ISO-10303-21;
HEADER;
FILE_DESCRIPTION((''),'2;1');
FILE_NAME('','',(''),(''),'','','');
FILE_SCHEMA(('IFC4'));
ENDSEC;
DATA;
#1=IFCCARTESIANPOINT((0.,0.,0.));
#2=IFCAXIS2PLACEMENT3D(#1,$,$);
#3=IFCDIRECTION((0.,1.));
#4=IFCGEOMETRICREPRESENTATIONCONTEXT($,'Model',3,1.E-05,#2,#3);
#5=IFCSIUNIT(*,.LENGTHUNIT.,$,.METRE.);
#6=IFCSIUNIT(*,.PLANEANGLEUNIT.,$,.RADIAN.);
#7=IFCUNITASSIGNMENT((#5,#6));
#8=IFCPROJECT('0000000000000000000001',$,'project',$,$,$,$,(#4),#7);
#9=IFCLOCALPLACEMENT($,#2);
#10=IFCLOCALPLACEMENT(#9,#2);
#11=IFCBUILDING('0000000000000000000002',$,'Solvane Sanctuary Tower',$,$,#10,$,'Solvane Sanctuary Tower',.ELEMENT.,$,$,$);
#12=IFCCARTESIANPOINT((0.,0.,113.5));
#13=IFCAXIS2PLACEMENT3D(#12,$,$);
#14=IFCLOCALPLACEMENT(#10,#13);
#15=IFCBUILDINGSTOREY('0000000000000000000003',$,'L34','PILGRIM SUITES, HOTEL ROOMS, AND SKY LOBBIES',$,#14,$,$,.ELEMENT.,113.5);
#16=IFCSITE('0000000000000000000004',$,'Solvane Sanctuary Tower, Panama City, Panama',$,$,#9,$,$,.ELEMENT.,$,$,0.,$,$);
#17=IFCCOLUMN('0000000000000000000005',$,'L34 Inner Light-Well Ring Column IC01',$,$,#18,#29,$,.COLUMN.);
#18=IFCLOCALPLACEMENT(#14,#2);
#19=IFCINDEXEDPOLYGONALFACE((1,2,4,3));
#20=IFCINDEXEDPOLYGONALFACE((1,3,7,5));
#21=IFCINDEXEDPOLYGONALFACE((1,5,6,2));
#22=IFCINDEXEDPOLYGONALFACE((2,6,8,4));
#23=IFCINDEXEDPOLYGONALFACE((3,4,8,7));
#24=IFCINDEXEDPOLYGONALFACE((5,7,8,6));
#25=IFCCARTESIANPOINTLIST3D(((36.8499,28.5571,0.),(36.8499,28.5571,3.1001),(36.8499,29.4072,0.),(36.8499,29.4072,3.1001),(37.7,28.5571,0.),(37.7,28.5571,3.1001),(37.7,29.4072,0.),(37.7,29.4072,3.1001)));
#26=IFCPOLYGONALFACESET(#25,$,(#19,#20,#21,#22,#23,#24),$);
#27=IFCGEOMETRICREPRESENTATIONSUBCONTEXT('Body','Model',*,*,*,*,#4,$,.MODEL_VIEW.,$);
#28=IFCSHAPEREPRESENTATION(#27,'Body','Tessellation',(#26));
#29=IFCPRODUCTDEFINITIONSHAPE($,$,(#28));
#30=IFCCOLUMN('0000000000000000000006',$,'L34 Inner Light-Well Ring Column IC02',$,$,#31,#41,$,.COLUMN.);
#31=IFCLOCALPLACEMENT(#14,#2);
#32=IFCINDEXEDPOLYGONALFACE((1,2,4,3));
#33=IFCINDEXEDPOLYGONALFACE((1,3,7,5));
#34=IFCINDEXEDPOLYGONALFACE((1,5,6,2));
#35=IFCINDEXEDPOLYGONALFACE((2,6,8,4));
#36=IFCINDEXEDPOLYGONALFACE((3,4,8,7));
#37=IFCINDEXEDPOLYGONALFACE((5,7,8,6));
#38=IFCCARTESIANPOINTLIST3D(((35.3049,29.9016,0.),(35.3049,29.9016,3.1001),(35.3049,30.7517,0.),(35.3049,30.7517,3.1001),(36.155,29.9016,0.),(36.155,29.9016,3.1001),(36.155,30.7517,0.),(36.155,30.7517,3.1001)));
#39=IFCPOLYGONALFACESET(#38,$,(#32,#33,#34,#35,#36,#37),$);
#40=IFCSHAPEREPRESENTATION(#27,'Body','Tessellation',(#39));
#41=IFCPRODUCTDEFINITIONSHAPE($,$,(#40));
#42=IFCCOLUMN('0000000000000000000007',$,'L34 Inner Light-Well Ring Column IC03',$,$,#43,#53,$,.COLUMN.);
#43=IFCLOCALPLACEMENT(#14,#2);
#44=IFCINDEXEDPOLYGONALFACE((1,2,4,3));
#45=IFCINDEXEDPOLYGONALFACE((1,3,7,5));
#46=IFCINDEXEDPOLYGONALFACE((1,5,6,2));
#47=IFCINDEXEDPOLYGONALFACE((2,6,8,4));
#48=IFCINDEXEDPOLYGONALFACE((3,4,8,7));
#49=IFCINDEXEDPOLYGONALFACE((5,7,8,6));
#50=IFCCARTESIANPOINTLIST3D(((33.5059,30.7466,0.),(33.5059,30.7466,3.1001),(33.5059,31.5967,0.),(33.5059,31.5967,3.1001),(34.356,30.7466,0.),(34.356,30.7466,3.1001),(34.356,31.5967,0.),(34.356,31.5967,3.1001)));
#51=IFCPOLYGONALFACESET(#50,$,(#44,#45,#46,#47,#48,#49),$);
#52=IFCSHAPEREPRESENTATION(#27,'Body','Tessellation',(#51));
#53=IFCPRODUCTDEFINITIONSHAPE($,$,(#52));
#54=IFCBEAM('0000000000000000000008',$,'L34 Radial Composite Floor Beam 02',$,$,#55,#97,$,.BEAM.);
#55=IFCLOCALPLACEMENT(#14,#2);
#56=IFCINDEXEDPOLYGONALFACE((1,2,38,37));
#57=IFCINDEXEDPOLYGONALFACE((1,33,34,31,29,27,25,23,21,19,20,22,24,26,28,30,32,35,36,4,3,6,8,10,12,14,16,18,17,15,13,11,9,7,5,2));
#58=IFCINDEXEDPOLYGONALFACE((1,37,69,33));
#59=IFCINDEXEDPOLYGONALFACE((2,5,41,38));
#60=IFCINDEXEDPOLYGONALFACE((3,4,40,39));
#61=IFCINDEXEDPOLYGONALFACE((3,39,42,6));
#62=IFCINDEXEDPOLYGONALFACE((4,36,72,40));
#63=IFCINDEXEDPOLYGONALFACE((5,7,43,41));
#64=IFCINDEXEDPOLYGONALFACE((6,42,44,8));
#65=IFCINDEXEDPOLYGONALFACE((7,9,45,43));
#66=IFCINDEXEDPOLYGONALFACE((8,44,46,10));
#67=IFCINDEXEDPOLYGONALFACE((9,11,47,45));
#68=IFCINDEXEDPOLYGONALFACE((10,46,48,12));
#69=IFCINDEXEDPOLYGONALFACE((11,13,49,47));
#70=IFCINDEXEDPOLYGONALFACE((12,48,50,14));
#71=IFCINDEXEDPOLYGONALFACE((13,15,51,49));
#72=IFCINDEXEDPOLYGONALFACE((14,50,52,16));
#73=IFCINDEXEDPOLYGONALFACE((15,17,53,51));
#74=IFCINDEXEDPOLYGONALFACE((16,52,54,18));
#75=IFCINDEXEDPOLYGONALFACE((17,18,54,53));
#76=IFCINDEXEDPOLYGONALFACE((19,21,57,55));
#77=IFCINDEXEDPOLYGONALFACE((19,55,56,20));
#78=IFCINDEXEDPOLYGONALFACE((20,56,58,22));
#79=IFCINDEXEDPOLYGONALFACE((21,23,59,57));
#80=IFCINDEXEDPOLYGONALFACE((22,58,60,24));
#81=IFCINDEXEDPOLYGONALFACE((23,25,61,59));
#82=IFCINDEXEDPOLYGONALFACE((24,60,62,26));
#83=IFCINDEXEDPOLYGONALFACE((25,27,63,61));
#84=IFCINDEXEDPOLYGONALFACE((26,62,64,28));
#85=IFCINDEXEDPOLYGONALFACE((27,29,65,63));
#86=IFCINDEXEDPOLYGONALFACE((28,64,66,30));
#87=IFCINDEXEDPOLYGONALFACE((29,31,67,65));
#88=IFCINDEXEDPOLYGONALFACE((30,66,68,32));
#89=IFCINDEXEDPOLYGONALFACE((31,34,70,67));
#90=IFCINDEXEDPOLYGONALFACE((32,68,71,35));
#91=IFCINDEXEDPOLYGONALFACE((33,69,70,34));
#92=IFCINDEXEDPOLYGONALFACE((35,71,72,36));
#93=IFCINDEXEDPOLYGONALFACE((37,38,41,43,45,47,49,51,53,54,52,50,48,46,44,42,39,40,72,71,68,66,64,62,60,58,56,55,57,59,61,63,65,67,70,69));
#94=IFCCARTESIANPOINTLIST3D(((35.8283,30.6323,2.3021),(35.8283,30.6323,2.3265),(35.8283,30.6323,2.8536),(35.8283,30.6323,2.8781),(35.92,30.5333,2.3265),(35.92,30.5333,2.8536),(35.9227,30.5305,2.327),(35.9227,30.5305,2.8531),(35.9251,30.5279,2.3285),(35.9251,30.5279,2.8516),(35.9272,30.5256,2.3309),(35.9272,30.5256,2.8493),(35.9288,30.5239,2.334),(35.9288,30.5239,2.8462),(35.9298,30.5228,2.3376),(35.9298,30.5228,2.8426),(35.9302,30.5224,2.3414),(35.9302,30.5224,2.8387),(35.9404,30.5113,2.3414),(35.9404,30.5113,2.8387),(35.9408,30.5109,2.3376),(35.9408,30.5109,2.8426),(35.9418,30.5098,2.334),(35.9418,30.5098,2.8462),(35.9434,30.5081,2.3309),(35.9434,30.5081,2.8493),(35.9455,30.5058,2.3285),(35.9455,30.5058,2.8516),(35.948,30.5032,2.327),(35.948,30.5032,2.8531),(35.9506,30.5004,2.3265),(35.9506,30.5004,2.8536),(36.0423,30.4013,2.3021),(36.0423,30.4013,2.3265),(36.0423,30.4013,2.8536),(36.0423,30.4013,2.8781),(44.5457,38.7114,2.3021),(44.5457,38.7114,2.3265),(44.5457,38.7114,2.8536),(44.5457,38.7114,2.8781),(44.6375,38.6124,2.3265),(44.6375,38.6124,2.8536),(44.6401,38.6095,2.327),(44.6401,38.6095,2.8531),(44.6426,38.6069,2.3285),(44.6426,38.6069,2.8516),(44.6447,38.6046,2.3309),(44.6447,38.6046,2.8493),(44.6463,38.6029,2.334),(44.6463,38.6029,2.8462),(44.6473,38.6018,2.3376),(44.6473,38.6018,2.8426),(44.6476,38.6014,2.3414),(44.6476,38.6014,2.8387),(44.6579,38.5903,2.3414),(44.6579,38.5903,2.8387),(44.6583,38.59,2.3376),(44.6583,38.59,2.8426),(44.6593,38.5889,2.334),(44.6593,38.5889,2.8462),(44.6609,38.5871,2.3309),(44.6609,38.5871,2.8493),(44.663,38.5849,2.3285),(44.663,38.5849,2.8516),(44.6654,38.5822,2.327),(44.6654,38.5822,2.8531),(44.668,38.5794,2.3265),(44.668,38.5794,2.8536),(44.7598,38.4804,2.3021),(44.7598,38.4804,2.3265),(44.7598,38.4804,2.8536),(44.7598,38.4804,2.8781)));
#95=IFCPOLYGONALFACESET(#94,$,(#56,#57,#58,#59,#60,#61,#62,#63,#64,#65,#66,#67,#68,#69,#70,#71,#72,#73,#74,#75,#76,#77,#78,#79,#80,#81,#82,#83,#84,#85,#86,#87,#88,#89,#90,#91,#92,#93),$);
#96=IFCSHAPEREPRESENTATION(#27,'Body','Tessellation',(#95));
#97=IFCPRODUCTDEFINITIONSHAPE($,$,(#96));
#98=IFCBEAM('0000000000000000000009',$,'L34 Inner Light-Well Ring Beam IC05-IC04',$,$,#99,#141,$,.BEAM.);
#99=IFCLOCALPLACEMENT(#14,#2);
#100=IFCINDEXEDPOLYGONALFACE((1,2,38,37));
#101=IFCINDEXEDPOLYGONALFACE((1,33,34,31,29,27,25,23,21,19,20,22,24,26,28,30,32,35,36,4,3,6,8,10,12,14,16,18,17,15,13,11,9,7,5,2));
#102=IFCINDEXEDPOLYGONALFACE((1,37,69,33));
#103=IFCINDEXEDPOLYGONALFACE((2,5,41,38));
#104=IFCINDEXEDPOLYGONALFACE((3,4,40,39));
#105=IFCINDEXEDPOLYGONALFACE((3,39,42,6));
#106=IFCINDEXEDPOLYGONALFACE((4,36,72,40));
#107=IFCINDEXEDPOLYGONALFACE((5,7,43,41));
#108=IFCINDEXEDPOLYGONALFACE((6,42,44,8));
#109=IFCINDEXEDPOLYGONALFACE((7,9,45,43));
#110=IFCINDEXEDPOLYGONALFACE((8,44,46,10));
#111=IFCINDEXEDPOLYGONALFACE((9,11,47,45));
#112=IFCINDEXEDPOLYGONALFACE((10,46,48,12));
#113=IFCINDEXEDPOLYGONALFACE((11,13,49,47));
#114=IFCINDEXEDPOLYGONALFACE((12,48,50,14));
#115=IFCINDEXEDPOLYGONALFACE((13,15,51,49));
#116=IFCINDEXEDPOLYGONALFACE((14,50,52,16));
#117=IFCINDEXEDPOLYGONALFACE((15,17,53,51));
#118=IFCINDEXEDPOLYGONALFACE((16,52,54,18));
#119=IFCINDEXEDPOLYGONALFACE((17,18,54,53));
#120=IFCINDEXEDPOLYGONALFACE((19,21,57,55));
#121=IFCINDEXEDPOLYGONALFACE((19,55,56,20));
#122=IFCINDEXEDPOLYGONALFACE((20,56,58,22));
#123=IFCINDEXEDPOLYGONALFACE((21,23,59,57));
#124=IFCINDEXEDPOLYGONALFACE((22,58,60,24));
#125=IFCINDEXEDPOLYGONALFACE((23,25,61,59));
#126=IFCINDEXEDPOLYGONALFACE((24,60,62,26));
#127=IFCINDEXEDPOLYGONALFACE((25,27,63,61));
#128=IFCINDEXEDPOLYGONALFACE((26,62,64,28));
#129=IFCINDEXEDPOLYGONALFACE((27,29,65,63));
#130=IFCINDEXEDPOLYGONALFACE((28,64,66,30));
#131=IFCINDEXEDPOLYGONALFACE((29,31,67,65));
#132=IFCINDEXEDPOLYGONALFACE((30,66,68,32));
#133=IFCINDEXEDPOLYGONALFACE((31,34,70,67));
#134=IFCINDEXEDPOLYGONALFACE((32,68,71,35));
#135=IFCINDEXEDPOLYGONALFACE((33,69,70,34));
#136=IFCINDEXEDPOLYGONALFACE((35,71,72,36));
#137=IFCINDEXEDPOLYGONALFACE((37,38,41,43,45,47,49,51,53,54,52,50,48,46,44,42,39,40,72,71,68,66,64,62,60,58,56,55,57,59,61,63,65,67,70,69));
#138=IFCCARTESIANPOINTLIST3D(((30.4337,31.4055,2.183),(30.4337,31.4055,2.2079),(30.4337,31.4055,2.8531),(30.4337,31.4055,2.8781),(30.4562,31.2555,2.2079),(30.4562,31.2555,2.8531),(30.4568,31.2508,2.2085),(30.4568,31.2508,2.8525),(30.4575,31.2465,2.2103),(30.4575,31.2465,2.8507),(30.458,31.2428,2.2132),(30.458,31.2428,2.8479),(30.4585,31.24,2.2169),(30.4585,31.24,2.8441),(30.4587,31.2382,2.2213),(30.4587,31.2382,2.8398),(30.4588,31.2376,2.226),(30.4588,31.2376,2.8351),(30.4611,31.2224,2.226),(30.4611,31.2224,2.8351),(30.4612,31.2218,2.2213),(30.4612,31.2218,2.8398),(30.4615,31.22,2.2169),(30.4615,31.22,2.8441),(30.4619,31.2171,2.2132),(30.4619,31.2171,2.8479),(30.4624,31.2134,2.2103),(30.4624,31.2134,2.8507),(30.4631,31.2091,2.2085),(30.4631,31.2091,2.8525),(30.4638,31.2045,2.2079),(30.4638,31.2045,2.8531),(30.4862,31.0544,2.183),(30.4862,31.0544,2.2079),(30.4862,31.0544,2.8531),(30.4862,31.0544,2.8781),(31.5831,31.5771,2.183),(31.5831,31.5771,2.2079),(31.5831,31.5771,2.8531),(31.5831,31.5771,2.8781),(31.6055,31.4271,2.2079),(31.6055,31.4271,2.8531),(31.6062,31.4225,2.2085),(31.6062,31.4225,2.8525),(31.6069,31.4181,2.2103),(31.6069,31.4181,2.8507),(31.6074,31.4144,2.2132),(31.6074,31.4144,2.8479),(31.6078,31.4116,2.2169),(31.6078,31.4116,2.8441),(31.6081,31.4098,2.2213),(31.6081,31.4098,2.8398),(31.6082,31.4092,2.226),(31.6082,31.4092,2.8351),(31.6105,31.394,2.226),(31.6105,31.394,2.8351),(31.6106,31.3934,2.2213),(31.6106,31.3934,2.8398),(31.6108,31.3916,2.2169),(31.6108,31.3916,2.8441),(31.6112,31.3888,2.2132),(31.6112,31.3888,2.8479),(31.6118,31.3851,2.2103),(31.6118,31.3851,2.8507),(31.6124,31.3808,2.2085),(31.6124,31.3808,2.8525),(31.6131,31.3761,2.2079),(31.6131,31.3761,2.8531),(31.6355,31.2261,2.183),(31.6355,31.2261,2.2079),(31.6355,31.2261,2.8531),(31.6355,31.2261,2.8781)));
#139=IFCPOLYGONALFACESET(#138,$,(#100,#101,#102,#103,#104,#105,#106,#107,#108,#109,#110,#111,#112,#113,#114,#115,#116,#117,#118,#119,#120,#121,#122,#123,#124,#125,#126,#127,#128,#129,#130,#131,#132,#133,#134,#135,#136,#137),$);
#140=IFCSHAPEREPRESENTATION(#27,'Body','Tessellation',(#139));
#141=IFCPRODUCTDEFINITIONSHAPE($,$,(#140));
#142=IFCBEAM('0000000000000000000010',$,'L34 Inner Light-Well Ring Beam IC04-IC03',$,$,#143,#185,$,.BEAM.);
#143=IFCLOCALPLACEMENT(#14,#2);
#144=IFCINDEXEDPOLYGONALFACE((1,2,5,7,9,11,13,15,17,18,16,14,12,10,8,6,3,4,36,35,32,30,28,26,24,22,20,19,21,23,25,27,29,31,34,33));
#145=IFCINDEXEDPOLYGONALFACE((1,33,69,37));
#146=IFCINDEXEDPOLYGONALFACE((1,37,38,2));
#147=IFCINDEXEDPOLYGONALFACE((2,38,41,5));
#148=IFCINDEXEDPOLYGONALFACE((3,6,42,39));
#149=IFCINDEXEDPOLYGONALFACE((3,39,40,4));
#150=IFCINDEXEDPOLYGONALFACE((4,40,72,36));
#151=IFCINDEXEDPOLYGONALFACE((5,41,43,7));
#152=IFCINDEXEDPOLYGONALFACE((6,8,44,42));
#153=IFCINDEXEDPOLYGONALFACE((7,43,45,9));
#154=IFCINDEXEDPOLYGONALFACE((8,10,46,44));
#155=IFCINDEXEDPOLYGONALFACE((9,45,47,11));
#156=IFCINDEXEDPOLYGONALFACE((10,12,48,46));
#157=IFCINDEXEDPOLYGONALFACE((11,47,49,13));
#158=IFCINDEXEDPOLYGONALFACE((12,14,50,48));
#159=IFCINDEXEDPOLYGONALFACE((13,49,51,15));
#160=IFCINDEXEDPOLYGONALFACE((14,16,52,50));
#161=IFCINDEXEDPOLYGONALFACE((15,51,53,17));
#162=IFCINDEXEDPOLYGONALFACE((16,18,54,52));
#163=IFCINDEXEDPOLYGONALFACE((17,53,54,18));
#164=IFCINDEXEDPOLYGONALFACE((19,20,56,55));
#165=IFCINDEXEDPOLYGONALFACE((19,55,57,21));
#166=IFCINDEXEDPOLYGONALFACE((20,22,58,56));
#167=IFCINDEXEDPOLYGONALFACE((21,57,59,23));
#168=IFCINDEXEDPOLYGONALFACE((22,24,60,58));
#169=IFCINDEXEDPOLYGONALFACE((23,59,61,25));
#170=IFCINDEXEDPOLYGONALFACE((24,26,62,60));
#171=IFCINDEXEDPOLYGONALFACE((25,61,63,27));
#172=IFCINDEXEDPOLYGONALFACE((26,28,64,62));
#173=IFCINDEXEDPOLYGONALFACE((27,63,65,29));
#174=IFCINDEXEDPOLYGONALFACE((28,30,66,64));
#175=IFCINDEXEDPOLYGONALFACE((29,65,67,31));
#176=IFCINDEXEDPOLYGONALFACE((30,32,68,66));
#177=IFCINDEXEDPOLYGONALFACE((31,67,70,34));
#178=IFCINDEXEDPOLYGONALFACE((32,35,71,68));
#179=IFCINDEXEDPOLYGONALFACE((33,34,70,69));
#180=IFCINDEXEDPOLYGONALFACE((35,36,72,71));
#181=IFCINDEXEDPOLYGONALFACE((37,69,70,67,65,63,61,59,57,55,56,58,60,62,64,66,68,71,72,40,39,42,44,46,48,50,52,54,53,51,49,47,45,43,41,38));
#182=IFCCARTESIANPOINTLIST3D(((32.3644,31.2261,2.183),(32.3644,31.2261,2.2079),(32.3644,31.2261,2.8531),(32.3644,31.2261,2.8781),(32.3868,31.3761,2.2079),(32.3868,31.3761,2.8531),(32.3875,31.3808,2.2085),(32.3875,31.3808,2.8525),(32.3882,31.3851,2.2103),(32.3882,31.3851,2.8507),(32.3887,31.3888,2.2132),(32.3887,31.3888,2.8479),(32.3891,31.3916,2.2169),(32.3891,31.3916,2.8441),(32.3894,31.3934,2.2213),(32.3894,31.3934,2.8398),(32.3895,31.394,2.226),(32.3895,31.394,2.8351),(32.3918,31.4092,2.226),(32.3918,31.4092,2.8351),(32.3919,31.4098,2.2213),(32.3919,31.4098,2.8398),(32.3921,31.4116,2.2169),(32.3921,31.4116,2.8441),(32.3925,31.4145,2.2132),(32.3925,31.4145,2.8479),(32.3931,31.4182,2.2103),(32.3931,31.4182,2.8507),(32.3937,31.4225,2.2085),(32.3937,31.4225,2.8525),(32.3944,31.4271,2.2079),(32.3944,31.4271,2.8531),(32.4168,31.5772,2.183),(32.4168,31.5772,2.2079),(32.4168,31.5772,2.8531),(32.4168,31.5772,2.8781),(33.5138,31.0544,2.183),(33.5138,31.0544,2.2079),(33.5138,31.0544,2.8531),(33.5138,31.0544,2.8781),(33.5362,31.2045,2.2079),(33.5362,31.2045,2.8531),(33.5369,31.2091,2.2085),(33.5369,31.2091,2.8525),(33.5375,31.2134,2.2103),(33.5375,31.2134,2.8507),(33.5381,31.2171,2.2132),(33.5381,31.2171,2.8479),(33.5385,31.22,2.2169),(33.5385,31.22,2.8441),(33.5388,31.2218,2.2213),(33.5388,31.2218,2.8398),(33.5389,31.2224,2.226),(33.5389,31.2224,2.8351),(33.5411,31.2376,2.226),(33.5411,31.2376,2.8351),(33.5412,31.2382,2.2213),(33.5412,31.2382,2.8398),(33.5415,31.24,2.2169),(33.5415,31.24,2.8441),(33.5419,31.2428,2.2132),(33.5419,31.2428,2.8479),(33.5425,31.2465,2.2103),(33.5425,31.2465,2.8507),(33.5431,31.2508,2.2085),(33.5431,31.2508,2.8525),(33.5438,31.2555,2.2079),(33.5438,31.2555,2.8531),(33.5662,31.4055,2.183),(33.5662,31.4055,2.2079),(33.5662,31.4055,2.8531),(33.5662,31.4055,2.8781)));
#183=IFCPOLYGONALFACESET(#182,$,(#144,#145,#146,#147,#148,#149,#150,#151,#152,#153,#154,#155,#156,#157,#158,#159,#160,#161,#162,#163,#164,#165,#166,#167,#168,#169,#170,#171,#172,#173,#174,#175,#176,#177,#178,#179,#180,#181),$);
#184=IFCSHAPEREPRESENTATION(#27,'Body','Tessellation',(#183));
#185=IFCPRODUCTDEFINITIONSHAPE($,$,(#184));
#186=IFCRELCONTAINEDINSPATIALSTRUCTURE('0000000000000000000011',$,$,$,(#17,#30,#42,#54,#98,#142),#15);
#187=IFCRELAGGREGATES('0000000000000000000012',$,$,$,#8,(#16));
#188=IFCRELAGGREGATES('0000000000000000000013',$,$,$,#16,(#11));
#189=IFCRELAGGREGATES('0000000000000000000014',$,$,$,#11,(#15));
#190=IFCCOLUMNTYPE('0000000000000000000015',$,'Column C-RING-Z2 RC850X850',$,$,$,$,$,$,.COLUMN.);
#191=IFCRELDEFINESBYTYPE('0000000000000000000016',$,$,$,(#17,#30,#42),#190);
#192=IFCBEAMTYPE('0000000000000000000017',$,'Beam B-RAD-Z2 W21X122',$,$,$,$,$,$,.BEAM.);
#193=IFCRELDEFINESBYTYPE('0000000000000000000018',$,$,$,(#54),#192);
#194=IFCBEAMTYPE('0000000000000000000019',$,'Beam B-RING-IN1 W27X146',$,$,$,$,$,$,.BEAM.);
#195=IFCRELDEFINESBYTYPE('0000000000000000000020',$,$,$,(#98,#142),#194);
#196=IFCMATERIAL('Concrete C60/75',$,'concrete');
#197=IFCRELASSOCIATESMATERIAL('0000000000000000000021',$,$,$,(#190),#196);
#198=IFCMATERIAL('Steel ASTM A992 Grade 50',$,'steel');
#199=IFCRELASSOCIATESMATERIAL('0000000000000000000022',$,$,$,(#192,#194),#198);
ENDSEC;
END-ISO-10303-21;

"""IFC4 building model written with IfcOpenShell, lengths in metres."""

from ifc_helpers import new_model, si_unit, direction, frame, origin, origin_2d, place, context, subcontext, project, spatial, rectangle, i_section, extrude, material, material_profile, profile_set, type_object, element, save


model = new_model("IFC4")

# Units and contexts
model_context = context("Model", 3, precision=1e-05, world=origin(), true_north=direction((0.0, 1.0)))
body_context = subcontext(model_context, "Body", "Model", "MODEL_VIEW")
ifc_project = project(units=[si_unit("LENGTHUNIT", "METRE"), si_unit("PLANEANGLEUNIT", "RADIAN")], contexts=[model_context])

# Site, building, storey
site_placement = place(None, origin())
site = spatial("IfcSite", under=ifc_project, at=site_placement, Name="Solvane Sanctuary Tower, Panama City, Panama", CompositionType="ELEMENT", RefElevation=0.0)
building_placement = place(site_placement, origin())
building = spatial("IfcBuilding", under=site, at=building_placement, Name="Solvane Sanctuary Tower", LongName="Solvane Sanctuary Tower", CompositionType="ELEMENT")
storey_placement = place(building_placement, frame((0.0, 0.0, 113.5)))
storey = spatial("IfcBuildingStorey", under=building, at=storey_placement, Name="L34", Description="PILGRIM SUITES, HOTEL ROOMS, AND SKY LOBBIES", CompositionType="ELEMENT", Elevation=113.5)

# Columns
ifc_material_1 = material(Name="Concrete C60/75", Category="concrete")
ifc_material_profile_1 = material_profile(ifc_material_1, rectangle(XDim=0.8501, YDim=0.8501, at=origin_2d()), Name="RC850X850")
ifc_profile_set_1 = profile_set([ifc_material_profile_1], Name="Concrete C60/75")
column_type = type_object("IfcColumnType", Name="Column C-RING-Z2 RC850X850", PredefinedType="COLUMN", material=ifc_profile_set_1)
for number, where, z_axis, x_axis, name in (
    (1, (37.2749, 28.9822, 0.0), (0.0, 0.0, 1.0), (1.0, 0.0, 0.0), "L34 Inner Light-Well Ring Column IC01"),
    (2, (35.73, 30.3267, 0.0), (0.0, 0.0, 1.0), (1.0, 0.0, 0.0), "L34 Inner Light-Well Ring Column IC02"),
    (3, (33.9309, 31.1716, 0.0), (0.0, 0.0, 1.0), (1.0, 0.0, 0.0), "L34 Inner Light-Well Ring Column IC03"),
):
    element("IfcColumn", number, at=place(storey_placement, frame(where, z_axis=z_axis, x_axis=x_axis)), inside=storey, type_object=column_type, Name=name, PredefinedType="COLUMN", context=body_context, shape_type="SweptSolid", body=[
        extrude(rectangle(XDim=0.8501, YDim=0.8501, at=origin_2d()), origin(), (0.0, 0.0, 1.0), 3.1001),
    ])

# Beams
ifc_material_2 = material(Name="Steel ASTM A992 Grade 50", Category="steel")
ifc_material_profile_2 = material_profile(ifc_material_2, i_section(OverallWidth=0.3149, OverallDepth=0.5759, WebThickness=0.0151, FlangeThickness=0.0244, FilletRadius=0.0149, at=origin_2d()), Name="W21X122")
ifc_profile_set_2 = profile_set([ifc_material_profile_2], Name="Steel ASTM A992 Grade 50")
beam_type_1 = type_object("IfcBeamType", Name="Beam B-RAD-Z2 W21X122", PredefinedType="BEAM", material=ifc_profile_set_2)
beam_1_placement = place(storey_placement, frame((35.9353, 30.5168, 2.5901), z_axis=(0.733454, 0.679739, 0.0), x_axis=(-0.679739, 0.733454, 0.0)))
element("IfcBeam", 4, at=beam_1_placement, inside=storey, type_object=beam_type_1, Name="L34 Radial Composite Floor Beam 02", PredefinedType="BEAM", context=body_context, shape_type="SweptSolid", body=[
    extrude(i_section(OverallWidth=0.3149, OverallDepth=0.5759, WebThickness=0.0151, FlangeThickness=0.0244, FilletRadius=0.0149, at=origin_2d()), origin(), (0.0, 0.0, 1.0), 11.8855),
])
ifc_material_profile_3 = material_profile(ifc_material_2, i_section(OverallWidth=0.355, OverallDepth=0.6951, WebThickness=0.0154, FlangeThickness=0.0249, FilletRadius=0.0181, at=origin_2d()), Name="W27X146")
ifc_profile_set_3 = profile_set([ifc_material_profile_3], Name="Steel ASTM A992 Grade 50")
beam_type_2 = type_object("IfcBeamType", Name="Beam B-RING-IN1 W27X146", PredefinedType="BEAM", material=ifc_profile_set_3)
for number, where, z_axis, x_axis, name in (
    (5, (30.46, 31.23, 2.5305), (0.989035, 0.147683, 0.0), (-0.147683, 0.989035, 0.0), "L34 Inner Light-Well Ring Beam IC05-IC04"),
    (6, (32.3906, 31.4016, 2.5305), (0.989035, -0.147683, 0.0), (0.147683, 0.989035, 0.0), "L34 Inner Light-Well Ring Beam IC04-IC03"),
):
    element("IfcBeam", number, at=place(storey_placement, frame(where, z_axis=z_axis, x_axis=x_axis)), inside=storey, type_object=beam_type_2, Name=name, PredefinedType="BEAM", context=body_context, shape_type="SweptSolid", body=[
        extrude(i_section(OverallWidth=0.355, OverallDepth=0.6951, WebThickness=0.0154, FlangeThickness=0.0249, FilletRadius=0.0181, at=origin_2d()), origin(), (0.0, 0.0, 1.0), 1.1621),
    ])

save(model, "model.ifc")
